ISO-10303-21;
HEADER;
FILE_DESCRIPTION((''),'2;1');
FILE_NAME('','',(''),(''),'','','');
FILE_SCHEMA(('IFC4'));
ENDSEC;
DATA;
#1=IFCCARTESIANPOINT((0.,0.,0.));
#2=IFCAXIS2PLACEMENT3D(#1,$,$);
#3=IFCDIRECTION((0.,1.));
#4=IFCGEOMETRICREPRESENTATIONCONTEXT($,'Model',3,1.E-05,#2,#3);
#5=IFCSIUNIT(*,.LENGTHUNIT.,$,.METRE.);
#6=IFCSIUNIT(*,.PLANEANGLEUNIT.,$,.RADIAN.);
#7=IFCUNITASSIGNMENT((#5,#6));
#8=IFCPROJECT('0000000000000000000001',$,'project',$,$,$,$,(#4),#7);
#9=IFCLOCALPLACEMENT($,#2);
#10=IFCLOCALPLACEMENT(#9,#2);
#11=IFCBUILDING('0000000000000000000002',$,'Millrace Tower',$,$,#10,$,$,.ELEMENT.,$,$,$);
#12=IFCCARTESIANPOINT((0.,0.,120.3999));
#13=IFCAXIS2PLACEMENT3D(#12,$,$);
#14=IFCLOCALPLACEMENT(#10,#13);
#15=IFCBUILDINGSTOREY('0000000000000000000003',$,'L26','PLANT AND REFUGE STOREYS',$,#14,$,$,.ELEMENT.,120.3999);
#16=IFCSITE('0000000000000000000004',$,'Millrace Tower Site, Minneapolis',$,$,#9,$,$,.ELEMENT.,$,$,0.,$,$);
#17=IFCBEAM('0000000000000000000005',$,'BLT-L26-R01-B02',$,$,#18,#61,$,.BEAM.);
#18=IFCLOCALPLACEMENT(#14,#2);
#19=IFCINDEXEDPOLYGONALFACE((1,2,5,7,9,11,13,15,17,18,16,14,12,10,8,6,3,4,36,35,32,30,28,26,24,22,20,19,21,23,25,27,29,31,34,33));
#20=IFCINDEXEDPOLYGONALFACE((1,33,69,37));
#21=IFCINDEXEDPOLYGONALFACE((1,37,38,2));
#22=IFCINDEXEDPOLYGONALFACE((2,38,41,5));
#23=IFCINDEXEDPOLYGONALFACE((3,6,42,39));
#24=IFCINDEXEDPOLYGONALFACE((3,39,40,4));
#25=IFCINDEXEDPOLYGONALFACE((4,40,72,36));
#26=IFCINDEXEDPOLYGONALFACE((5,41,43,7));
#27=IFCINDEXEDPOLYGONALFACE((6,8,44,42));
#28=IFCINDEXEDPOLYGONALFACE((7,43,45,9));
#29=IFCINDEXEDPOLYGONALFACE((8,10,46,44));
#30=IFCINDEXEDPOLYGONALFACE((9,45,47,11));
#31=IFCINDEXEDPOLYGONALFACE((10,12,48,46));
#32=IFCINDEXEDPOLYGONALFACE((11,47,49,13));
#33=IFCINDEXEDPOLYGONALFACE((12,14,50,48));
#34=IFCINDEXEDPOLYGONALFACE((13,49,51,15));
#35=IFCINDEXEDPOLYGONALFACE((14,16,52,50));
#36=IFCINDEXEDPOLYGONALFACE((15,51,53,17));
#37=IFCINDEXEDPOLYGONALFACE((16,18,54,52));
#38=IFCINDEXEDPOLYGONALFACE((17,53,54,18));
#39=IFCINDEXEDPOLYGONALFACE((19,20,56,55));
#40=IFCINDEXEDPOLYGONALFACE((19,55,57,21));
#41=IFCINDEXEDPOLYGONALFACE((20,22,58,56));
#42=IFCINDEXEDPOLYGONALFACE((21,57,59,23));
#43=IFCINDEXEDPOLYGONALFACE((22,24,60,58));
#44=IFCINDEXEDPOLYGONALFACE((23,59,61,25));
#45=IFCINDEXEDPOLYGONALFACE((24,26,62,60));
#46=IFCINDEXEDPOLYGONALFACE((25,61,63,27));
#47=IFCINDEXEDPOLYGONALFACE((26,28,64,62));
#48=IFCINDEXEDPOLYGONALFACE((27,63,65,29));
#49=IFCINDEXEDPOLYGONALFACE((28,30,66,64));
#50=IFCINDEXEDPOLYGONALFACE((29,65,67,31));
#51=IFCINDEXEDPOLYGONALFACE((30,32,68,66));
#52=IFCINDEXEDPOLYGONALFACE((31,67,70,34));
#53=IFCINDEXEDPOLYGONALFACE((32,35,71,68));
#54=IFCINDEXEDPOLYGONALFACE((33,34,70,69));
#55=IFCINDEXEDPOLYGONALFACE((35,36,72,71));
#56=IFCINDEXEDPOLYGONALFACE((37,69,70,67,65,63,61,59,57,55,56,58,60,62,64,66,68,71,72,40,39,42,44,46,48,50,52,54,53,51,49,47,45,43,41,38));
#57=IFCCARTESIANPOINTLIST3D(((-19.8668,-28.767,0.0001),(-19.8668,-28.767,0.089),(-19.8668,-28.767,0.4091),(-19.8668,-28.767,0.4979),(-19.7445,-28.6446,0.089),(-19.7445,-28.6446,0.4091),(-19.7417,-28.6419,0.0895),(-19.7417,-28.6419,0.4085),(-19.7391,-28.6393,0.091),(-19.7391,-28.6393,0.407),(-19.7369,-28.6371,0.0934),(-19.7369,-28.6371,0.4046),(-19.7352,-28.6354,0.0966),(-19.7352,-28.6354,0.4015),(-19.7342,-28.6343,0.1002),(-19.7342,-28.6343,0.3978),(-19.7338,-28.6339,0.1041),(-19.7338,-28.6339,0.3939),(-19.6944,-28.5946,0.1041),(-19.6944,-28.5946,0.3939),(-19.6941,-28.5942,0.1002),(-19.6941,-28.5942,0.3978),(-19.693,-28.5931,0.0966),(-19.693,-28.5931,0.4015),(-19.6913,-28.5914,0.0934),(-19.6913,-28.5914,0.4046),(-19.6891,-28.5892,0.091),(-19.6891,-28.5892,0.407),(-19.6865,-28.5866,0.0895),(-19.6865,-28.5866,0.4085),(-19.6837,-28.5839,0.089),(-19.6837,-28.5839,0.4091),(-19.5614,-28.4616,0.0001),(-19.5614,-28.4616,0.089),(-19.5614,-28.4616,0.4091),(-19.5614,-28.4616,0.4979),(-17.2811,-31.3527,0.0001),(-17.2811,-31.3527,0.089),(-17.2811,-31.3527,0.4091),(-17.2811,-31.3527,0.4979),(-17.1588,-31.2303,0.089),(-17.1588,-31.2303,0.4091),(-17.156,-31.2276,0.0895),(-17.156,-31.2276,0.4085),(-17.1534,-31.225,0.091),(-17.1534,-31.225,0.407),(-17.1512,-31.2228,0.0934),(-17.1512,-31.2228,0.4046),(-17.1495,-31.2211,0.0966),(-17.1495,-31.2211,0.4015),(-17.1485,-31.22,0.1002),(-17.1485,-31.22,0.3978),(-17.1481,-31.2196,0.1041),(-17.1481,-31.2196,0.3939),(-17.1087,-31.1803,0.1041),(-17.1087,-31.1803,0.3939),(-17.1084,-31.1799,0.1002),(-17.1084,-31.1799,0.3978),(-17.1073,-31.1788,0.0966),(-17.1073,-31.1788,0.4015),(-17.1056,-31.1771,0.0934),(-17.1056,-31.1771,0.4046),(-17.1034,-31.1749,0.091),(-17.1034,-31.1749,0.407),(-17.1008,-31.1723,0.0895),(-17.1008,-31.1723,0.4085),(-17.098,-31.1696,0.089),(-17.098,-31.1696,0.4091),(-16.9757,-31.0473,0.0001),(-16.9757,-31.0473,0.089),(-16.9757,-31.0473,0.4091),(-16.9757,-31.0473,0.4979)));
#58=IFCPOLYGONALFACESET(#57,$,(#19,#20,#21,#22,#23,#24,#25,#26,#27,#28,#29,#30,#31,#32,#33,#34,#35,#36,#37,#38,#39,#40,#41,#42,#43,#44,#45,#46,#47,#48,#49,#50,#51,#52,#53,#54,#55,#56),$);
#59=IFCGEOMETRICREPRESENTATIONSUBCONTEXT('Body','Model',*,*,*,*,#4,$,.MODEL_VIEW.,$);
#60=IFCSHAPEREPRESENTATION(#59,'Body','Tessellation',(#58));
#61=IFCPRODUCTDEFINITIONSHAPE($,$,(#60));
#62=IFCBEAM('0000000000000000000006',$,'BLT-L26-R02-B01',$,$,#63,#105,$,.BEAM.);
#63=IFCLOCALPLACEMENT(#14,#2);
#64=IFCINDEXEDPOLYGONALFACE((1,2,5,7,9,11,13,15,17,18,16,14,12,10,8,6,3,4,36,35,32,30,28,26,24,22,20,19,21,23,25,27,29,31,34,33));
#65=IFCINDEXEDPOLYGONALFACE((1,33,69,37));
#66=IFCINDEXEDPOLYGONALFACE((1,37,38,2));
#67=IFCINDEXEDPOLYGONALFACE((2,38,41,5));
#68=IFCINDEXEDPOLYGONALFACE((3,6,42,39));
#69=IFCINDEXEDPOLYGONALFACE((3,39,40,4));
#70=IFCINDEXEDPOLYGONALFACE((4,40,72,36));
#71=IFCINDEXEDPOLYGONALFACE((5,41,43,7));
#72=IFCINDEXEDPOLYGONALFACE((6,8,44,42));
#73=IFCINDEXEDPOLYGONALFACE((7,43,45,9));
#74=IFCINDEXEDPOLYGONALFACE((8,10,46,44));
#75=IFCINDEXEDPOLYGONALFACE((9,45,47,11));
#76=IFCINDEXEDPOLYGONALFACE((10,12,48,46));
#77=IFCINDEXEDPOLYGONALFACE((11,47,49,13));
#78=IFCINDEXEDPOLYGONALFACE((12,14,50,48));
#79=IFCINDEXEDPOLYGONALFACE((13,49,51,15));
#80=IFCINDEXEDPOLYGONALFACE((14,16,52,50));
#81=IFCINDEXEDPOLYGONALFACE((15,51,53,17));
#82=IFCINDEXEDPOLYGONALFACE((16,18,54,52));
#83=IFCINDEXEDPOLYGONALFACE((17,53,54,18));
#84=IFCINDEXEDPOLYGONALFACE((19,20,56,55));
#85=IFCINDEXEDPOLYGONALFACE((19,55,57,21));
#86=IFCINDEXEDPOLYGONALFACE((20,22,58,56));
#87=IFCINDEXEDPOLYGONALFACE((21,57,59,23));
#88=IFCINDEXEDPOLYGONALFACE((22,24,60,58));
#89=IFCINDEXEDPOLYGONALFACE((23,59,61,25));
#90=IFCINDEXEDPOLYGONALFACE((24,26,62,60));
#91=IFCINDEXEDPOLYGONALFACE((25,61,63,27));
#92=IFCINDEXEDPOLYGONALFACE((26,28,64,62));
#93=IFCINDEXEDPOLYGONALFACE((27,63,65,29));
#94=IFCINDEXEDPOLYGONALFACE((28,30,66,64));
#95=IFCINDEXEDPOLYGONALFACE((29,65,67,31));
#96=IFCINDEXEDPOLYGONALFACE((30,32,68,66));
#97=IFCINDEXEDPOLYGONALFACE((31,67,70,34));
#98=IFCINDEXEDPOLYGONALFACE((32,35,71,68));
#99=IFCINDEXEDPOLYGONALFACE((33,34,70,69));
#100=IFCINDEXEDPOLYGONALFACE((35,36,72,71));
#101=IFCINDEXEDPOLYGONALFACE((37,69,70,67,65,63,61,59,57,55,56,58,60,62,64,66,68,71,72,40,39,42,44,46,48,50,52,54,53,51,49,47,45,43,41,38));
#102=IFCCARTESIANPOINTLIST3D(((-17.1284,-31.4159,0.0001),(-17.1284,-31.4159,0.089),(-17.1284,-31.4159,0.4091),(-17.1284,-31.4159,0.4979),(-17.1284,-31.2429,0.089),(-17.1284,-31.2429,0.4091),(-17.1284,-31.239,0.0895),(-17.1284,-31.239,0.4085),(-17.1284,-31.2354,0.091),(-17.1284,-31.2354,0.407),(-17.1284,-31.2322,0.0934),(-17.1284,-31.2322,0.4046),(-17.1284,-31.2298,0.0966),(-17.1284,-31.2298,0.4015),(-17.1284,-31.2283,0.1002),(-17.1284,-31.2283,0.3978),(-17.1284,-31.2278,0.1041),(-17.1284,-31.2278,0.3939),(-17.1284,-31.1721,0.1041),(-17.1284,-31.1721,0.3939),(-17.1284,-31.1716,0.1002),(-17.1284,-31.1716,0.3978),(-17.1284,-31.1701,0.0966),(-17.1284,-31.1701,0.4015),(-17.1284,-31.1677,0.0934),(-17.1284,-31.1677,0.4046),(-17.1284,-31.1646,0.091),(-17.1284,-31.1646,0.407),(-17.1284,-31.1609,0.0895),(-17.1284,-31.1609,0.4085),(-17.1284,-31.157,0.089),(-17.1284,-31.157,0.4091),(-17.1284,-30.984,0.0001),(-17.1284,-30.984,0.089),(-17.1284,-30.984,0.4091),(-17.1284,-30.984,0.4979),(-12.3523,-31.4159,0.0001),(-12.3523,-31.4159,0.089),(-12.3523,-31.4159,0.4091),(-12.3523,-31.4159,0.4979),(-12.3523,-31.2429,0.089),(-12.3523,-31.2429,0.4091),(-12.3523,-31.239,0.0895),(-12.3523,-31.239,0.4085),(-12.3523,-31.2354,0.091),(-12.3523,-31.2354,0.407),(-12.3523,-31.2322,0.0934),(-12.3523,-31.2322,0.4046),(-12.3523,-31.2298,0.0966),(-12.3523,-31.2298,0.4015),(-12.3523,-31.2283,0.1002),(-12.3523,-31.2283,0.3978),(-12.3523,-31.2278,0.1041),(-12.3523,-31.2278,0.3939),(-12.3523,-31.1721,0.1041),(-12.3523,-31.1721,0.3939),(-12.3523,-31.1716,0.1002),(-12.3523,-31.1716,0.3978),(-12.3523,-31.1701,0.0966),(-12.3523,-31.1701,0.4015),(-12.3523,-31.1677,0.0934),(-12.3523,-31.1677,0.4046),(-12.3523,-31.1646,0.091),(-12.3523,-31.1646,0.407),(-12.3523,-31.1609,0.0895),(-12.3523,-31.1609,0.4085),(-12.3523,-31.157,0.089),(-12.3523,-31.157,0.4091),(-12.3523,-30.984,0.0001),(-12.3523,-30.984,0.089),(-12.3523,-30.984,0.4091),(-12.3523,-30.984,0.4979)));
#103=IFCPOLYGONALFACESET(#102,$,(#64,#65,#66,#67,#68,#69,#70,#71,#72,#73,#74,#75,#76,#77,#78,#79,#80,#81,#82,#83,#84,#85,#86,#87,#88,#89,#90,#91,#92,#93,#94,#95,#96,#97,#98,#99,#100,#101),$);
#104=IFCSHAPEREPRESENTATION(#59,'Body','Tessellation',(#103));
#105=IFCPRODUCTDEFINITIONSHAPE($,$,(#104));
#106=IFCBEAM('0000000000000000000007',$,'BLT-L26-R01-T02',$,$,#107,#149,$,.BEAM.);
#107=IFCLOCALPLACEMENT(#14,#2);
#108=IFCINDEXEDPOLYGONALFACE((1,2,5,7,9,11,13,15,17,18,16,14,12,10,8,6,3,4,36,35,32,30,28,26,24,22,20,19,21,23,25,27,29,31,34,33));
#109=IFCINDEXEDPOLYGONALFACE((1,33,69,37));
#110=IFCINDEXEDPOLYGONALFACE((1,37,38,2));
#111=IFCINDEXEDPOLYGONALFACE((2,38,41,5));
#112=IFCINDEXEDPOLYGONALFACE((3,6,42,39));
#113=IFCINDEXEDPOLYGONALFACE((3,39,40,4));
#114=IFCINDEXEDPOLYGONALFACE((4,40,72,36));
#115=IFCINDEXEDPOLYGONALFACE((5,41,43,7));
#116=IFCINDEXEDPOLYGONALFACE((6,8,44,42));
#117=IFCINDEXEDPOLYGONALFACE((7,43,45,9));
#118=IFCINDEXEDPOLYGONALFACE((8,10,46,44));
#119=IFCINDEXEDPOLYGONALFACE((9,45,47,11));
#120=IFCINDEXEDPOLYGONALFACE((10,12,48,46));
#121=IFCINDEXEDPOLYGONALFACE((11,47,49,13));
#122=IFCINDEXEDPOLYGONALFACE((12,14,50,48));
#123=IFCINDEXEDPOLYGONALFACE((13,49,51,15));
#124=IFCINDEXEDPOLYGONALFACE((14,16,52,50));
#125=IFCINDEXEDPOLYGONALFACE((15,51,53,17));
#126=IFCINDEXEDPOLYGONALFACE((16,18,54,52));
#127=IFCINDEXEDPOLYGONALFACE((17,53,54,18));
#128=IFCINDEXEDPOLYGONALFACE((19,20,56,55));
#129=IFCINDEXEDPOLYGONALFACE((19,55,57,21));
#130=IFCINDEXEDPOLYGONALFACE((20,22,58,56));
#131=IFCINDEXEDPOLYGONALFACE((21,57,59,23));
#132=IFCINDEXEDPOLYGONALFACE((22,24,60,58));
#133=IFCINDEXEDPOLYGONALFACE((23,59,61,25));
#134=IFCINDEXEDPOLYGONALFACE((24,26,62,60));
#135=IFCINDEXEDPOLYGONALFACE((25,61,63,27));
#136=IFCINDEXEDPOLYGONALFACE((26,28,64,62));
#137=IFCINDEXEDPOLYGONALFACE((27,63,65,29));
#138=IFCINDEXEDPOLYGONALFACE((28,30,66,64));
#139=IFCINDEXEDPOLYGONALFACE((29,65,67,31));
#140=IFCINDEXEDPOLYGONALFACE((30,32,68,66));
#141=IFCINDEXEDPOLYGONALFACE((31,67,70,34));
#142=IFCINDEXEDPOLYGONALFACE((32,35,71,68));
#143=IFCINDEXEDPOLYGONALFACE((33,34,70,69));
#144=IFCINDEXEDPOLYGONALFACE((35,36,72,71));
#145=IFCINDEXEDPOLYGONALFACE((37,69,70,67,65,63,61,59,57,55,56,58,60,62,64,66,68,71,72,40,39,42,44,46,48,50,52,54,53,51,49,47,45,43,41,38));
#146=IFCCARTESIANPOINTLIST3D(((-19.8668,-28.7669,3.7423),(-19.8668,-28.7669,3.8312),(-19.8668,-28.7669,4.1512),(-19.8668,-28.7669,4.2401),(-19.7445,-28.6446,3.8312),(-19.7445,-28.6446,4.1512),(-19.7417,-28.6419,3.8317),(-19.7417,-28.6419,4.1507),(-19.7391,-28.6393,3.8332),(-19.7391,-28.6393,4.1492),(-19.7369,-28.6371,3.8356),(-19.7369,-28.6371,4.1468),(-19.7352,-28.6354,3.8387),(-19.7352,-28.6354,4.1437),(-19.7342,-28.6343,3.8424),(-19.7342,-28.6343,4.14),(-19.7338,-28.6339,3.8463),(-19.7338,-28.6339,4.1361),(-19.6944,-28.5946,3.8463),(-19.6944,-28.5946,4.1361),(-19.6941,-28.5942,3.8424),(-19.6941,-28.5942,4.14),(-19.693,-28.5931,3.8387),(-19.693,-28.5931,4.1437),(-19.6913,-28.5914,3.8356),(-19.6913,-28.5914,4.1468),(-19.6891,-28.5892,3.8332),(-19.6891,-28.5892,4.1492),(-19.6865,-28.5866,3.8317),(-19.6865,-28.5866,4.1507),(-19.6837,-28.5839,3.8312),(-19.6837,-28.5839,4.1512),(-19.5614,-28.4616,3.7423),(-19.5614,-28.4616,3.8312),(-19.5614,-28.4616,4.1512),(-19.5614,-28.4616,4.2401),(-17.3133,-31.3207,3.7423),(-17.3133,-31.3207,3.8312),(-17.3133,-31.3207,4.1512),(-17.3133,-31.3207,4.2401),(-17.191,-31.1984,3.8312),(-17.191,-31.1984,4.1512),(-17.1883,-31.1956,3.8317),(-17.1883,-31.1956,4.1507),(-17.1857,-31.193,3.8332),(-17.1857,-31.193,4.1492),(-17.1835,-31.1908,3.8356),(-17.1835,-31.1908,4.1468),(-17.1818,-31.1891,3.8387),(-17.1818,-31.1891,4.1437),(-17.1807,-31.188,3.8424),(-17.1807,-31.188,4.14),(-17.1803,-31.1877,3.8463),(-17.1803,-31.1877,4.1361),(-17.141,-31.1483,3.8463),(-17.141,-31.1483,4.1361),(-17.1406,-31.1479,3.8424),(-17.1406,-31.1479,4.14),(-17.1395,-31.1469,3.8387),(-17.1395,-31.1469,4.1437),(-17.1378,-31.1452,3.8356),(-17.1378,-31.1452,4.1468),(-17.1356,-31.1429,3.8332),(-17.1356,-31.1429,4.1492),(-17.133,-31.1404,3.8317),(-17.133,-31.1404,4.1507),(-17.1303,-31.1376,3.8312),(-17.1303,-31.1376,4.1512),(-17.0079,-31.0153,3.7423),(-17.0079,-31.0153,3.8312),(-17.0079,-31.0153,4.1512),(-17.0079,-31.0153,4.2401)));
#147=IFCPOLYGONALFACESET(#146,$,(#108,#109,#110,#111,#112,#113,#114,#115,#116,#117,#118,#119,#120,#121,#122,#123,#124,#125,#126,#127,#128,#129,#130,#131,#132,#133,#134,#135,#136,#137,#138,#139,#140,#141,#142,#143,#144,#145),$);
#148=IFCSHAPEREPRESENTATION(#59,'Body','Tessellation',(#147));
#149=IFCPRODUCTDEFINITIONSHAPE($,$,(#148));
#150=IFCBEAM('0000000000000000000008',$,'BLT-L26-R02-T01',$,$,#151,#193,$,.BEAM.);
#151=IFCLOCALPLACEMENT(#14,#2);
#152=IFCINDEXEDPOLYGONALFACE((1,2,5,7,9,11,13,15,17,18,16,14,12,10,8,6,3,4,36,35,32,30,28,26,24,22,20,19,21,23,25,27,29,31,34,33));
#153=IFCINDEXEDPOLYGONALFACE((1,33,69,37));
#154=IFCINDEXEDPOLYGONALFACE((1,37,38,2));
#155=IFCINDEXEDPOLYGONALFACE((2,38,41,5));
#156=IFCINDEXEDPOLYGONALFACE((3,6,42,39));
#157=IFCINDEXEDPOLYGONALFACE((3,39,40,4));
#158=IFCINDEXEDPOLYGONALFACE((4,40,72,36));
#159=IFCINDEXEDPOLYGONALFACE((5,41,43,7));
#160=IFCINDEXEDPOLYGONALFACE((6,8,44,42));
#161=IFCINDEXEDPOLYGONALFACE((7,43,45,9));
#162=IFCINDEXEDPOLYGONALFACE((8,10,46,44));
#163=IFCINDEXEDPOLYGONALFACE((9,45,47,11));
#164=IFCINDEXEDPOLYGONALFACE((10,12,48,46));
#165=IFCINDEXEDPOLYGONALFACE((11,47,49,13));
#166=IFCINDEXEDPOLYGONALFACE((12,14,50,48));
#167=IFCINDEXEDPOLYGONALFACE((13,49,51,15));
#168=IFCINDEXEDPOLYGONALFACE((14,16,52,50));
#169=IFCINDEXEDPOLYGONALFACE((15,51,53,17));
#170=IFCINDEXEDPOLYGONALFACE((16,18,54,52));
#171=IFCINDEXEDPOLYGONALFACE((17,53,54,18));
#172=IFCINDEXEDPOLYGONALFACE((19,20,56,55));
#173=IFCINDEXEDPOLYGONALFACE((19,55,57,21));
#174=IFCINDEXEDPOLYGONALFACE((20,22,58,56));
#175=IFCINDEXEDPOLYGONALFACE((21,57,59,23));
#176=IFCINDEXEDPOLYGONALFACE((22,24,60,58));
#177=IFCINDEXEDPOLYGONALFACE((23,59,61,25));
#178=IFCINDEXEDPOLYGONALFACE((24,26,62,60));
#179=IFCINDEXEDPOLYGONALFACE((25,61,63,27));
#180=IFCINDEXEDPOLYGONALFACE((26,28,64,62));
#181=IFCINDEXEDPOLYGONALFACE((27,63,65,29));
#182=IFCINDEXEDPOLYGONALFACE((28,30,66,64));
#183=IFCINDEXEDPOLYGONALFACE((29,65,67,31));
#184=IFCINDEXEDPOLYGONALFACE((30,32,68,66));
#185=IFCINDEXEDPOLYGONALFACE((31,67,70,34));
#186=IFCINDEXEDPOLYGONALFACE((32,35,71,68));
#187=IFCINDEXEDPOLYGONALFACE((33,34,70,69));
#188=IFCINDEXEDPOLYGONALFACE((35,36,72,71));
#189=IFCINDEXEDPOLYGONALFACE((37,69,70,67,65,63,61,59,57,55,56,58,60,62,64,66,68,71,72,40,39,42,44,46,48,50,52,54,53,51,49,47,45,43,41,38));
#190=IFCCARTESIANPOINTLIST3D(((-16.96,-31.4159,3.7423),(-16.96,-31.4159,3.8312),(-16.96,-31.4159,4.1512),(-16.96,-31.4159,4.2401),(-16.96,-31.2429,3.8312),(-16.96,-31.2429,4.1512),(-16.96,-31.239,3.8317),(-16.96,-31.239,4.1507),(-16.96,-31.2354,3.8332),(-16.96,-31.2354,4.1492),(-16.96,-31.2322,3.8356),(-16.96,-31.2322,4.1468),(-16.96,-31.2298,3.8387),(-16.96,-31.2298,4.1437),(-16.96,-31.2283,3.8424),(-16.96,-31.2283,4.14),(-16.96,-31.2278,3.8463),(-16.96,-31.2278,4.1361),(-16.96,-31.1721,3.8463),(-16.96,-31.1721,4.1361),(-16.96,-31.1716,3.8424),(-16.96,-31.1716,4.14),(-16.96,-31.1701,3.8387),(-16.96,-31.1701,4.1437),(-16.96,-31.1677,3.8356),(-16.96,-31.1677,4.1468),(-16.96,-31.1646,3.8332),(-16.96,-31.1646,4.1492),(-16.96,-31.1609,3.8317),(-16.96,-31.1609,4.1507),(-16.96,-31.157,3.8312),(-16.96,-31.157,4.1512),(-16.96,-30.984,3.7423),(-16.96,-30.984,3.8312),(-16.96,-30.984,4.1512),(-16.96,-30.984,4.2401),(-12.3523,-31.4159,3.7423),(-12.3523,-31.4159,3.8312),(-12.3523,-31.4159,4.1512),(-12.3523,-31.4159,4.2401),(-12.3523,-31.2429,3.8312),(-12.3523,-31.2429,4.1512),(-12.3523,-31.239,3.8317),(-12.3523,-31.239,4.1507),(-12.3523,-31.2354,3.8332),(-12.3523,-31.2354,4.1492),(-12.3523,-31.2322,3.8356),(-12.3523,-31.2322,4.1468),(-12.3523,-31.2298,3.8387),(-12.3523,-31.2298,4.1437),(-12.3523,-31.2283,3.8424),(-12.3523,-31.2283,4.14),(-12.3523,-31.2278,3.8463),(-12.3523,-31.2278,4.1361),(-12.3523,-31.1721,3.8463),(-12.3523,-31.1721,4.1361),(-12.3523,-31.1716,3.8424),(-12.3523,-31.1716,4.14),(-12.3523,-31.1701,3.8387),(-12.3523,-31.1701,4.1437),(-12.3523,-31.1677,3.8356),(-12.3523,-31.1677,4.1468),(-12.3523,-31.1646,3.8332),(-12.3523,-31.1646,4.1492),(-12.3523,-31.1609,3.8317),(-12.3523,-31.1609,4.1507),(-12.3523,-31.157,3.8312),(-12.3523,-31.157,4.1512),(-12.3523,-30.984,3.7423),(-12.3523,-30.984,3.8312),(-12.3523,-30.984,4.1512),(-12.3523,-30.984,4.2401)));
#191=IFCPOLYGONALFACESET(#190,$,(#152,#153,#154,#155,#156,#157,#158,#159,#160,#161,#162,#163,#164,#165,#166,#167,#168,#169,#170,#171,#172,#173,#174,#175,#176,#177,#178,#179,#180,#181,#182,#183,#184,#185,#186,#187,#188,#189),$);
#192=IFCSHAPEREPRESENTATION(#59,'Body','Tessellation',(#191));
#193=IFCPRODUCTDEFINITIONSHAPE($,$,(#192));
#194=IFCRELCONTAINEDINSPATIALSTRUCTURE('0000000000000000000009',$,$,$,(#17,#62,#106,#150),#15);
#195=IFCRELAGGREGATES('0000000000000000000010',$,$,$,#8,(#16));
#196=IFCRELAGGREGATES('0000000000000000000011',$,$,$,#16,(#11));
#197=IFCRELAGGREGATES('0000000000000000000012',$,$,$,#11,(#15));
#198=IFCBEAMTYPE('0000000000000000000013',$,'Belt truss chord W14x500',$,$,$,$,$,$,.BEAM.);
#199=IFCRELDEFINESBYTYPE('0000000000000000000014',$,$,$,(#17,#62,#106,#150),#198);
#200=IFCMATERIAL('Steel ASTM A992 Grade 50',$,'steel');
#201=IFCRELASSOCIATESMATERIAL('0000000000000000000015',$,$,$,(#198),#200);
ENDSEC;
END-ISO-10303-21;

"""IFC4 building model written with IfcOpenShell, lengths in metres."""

from ifc_helpers import new_model, si_unit, direction, frame, origin, origin_2d, place, context, subcontext, project, spatial, i_section, extrude, material, material_profile, profile_set, type_object, element, save


model = new_model("IFC4")

# Units and contexts
model_context = context("Model", 3, precision=1e-05, world=origin(), true_north=direction((0.0, 1.0)))
body_context = subcontext(model_context, "Body", "Model", "MODEL_VIEW")
ifc_project = project(units=[si_unit("LENGTHUNIT", "METRE"), si_unit("PLANEANGLEUNIT", "RADIAN")], contexts=[model_context])

# Site, building, storey
site_placement = place(None, origin())
site = spatial("IfcSite", under=ifc_project, at=site_placement, Name="Millrace Tower Site, Minneapolis", CompositionType="ELEMENT", RefElevation=0.0)
building_placement = place(site_placement, origin())
building = spatial("IfcBuilding", under=site, at=building_placement, Name="Millrace Tower", CompositionType="ELEMENT")
storey_placement = place(building_placement, frame((0.0, 0.0, 120.3999)))
storey = spatial("IfcBuildingStorey", under=building, at=storey_placement, Name="L26", Description="PLANT AND REFUGE STOREYS", CompositionType="ELEMENT", Elevation=120.3999)

# Beams
ifc_material_1 = material(Name="Steel ASTM A992 Grade 50", Category="steel")
ifc_material_profile_1 = material_profile(ifc_material_1, i_section(OverallWidth=0.4319, OverallDepth=0.4978, WebThickness=0.0557, FlangeThickness=0.0889, FilletRadius=0.0151, at=origin_2d()))
ifc_profile_set_1 = profile_set([ifc_material_profile_1], Name="Steel ASTM A992 Grade 50")
beam_type_1 = type_object("IfcBeamType", Name="Belt truss chord W14x500", PredefinedType="BEAM", material=ifc_profile_set_1)
beam_1_placement = place(storey_placement, frame((-19.7141, -28.6143, 0.249), z_axis=(0.707107, -0.707107, 0.0), x_axis=(0.707107, 0.707107, 0.0)))
element("IfcBeam", 1, at=beam_1_placement, inside=storey, type_object=beam_type_1, Name="BLT-L26-R01-B02", PredefinedType="BEAM", context=body_context, shape_type="SweptSolid", body=[
    extrude(i_section(OverallWidth=0.4319, OverallDepth=0.4978, WebThickness=0.0557, FlangeThickness=0.0889, FilletRadius=0.0151, at=origin_2d()), origin(), (0.0, 0.0, 1.0), 3.6567),
])
beam_2_placement = place(storey_placement, frame((-17.1284, -31.2, 0.249), z_axis=(1.0, 0.0, 0.0), x_axis=(0.0, 1.0, 0.0)))
element("IfcBeam", 2, at=beam_2_placement, inside=storey, type_object=beam_type_1, Name="BLT-L26-R02-B01", PredefinedType="BEAM", context=body_context, shape_type="SweptSolid", body=[
    extrude(i_section(OverallWidth=0.4319, OverallDepth=0.4978, WebThickness=0.0557, FlangeThickness=0.0889, FilletRadius=0.0151, at=origin_2d()), origin(), (0.0, 0.0, 1.0), 4.7761),
])
beam_3_placement = place(storey_placement, frame((-19.7141, -28.6143, 3.9912), z_axis=(0.707073, -0.707141, 0.0), x_axis=(0.707141, 0.707073, 0.0)))
element("IfcBeam", 3, at=beam_3_placement, inside=storey, type_object=beam_type_1, Name="BLT-L26-R01-T02", PredefinedType="BEAM", context=body_context, shape_type="SweptSolid", body=[
    extrude(i_section(OverallWidth=0.4319, OverallDepth=0.4978, WebThickness=0.0557, FlangeThickness=0.0889, FilletRadius=0.0151, at=origin_2d()), origin(), (0.0, 0.0, 1.0), 3.6113),
])
beam_4_placement = place(storey_placement, frame((-16.96, -31.2, 3.9912), z_axis=(1.0, 0.0, 0.0), x_axis=(0.0, 1.0, 0.0)))
element("IfcBeam", 4, at=beam_4_placement, inside=storey, type_object=beam_type_1, Name="BLT-L26-R02-T01", PredefinedType="BEAM", context=body_context, shape_type="SweptSolid", body=[
    extrude(i_section(OverallWidth=0.4319, OverallDepth=0.4978, WebThickness=0.0557, FlangeThickness=0.0889, FilletRadius=0.0151, at=origin_2d()), origin(), (0.0, 0.0, 1.0), 4.6077),
])

save(model, "model.ifc")
